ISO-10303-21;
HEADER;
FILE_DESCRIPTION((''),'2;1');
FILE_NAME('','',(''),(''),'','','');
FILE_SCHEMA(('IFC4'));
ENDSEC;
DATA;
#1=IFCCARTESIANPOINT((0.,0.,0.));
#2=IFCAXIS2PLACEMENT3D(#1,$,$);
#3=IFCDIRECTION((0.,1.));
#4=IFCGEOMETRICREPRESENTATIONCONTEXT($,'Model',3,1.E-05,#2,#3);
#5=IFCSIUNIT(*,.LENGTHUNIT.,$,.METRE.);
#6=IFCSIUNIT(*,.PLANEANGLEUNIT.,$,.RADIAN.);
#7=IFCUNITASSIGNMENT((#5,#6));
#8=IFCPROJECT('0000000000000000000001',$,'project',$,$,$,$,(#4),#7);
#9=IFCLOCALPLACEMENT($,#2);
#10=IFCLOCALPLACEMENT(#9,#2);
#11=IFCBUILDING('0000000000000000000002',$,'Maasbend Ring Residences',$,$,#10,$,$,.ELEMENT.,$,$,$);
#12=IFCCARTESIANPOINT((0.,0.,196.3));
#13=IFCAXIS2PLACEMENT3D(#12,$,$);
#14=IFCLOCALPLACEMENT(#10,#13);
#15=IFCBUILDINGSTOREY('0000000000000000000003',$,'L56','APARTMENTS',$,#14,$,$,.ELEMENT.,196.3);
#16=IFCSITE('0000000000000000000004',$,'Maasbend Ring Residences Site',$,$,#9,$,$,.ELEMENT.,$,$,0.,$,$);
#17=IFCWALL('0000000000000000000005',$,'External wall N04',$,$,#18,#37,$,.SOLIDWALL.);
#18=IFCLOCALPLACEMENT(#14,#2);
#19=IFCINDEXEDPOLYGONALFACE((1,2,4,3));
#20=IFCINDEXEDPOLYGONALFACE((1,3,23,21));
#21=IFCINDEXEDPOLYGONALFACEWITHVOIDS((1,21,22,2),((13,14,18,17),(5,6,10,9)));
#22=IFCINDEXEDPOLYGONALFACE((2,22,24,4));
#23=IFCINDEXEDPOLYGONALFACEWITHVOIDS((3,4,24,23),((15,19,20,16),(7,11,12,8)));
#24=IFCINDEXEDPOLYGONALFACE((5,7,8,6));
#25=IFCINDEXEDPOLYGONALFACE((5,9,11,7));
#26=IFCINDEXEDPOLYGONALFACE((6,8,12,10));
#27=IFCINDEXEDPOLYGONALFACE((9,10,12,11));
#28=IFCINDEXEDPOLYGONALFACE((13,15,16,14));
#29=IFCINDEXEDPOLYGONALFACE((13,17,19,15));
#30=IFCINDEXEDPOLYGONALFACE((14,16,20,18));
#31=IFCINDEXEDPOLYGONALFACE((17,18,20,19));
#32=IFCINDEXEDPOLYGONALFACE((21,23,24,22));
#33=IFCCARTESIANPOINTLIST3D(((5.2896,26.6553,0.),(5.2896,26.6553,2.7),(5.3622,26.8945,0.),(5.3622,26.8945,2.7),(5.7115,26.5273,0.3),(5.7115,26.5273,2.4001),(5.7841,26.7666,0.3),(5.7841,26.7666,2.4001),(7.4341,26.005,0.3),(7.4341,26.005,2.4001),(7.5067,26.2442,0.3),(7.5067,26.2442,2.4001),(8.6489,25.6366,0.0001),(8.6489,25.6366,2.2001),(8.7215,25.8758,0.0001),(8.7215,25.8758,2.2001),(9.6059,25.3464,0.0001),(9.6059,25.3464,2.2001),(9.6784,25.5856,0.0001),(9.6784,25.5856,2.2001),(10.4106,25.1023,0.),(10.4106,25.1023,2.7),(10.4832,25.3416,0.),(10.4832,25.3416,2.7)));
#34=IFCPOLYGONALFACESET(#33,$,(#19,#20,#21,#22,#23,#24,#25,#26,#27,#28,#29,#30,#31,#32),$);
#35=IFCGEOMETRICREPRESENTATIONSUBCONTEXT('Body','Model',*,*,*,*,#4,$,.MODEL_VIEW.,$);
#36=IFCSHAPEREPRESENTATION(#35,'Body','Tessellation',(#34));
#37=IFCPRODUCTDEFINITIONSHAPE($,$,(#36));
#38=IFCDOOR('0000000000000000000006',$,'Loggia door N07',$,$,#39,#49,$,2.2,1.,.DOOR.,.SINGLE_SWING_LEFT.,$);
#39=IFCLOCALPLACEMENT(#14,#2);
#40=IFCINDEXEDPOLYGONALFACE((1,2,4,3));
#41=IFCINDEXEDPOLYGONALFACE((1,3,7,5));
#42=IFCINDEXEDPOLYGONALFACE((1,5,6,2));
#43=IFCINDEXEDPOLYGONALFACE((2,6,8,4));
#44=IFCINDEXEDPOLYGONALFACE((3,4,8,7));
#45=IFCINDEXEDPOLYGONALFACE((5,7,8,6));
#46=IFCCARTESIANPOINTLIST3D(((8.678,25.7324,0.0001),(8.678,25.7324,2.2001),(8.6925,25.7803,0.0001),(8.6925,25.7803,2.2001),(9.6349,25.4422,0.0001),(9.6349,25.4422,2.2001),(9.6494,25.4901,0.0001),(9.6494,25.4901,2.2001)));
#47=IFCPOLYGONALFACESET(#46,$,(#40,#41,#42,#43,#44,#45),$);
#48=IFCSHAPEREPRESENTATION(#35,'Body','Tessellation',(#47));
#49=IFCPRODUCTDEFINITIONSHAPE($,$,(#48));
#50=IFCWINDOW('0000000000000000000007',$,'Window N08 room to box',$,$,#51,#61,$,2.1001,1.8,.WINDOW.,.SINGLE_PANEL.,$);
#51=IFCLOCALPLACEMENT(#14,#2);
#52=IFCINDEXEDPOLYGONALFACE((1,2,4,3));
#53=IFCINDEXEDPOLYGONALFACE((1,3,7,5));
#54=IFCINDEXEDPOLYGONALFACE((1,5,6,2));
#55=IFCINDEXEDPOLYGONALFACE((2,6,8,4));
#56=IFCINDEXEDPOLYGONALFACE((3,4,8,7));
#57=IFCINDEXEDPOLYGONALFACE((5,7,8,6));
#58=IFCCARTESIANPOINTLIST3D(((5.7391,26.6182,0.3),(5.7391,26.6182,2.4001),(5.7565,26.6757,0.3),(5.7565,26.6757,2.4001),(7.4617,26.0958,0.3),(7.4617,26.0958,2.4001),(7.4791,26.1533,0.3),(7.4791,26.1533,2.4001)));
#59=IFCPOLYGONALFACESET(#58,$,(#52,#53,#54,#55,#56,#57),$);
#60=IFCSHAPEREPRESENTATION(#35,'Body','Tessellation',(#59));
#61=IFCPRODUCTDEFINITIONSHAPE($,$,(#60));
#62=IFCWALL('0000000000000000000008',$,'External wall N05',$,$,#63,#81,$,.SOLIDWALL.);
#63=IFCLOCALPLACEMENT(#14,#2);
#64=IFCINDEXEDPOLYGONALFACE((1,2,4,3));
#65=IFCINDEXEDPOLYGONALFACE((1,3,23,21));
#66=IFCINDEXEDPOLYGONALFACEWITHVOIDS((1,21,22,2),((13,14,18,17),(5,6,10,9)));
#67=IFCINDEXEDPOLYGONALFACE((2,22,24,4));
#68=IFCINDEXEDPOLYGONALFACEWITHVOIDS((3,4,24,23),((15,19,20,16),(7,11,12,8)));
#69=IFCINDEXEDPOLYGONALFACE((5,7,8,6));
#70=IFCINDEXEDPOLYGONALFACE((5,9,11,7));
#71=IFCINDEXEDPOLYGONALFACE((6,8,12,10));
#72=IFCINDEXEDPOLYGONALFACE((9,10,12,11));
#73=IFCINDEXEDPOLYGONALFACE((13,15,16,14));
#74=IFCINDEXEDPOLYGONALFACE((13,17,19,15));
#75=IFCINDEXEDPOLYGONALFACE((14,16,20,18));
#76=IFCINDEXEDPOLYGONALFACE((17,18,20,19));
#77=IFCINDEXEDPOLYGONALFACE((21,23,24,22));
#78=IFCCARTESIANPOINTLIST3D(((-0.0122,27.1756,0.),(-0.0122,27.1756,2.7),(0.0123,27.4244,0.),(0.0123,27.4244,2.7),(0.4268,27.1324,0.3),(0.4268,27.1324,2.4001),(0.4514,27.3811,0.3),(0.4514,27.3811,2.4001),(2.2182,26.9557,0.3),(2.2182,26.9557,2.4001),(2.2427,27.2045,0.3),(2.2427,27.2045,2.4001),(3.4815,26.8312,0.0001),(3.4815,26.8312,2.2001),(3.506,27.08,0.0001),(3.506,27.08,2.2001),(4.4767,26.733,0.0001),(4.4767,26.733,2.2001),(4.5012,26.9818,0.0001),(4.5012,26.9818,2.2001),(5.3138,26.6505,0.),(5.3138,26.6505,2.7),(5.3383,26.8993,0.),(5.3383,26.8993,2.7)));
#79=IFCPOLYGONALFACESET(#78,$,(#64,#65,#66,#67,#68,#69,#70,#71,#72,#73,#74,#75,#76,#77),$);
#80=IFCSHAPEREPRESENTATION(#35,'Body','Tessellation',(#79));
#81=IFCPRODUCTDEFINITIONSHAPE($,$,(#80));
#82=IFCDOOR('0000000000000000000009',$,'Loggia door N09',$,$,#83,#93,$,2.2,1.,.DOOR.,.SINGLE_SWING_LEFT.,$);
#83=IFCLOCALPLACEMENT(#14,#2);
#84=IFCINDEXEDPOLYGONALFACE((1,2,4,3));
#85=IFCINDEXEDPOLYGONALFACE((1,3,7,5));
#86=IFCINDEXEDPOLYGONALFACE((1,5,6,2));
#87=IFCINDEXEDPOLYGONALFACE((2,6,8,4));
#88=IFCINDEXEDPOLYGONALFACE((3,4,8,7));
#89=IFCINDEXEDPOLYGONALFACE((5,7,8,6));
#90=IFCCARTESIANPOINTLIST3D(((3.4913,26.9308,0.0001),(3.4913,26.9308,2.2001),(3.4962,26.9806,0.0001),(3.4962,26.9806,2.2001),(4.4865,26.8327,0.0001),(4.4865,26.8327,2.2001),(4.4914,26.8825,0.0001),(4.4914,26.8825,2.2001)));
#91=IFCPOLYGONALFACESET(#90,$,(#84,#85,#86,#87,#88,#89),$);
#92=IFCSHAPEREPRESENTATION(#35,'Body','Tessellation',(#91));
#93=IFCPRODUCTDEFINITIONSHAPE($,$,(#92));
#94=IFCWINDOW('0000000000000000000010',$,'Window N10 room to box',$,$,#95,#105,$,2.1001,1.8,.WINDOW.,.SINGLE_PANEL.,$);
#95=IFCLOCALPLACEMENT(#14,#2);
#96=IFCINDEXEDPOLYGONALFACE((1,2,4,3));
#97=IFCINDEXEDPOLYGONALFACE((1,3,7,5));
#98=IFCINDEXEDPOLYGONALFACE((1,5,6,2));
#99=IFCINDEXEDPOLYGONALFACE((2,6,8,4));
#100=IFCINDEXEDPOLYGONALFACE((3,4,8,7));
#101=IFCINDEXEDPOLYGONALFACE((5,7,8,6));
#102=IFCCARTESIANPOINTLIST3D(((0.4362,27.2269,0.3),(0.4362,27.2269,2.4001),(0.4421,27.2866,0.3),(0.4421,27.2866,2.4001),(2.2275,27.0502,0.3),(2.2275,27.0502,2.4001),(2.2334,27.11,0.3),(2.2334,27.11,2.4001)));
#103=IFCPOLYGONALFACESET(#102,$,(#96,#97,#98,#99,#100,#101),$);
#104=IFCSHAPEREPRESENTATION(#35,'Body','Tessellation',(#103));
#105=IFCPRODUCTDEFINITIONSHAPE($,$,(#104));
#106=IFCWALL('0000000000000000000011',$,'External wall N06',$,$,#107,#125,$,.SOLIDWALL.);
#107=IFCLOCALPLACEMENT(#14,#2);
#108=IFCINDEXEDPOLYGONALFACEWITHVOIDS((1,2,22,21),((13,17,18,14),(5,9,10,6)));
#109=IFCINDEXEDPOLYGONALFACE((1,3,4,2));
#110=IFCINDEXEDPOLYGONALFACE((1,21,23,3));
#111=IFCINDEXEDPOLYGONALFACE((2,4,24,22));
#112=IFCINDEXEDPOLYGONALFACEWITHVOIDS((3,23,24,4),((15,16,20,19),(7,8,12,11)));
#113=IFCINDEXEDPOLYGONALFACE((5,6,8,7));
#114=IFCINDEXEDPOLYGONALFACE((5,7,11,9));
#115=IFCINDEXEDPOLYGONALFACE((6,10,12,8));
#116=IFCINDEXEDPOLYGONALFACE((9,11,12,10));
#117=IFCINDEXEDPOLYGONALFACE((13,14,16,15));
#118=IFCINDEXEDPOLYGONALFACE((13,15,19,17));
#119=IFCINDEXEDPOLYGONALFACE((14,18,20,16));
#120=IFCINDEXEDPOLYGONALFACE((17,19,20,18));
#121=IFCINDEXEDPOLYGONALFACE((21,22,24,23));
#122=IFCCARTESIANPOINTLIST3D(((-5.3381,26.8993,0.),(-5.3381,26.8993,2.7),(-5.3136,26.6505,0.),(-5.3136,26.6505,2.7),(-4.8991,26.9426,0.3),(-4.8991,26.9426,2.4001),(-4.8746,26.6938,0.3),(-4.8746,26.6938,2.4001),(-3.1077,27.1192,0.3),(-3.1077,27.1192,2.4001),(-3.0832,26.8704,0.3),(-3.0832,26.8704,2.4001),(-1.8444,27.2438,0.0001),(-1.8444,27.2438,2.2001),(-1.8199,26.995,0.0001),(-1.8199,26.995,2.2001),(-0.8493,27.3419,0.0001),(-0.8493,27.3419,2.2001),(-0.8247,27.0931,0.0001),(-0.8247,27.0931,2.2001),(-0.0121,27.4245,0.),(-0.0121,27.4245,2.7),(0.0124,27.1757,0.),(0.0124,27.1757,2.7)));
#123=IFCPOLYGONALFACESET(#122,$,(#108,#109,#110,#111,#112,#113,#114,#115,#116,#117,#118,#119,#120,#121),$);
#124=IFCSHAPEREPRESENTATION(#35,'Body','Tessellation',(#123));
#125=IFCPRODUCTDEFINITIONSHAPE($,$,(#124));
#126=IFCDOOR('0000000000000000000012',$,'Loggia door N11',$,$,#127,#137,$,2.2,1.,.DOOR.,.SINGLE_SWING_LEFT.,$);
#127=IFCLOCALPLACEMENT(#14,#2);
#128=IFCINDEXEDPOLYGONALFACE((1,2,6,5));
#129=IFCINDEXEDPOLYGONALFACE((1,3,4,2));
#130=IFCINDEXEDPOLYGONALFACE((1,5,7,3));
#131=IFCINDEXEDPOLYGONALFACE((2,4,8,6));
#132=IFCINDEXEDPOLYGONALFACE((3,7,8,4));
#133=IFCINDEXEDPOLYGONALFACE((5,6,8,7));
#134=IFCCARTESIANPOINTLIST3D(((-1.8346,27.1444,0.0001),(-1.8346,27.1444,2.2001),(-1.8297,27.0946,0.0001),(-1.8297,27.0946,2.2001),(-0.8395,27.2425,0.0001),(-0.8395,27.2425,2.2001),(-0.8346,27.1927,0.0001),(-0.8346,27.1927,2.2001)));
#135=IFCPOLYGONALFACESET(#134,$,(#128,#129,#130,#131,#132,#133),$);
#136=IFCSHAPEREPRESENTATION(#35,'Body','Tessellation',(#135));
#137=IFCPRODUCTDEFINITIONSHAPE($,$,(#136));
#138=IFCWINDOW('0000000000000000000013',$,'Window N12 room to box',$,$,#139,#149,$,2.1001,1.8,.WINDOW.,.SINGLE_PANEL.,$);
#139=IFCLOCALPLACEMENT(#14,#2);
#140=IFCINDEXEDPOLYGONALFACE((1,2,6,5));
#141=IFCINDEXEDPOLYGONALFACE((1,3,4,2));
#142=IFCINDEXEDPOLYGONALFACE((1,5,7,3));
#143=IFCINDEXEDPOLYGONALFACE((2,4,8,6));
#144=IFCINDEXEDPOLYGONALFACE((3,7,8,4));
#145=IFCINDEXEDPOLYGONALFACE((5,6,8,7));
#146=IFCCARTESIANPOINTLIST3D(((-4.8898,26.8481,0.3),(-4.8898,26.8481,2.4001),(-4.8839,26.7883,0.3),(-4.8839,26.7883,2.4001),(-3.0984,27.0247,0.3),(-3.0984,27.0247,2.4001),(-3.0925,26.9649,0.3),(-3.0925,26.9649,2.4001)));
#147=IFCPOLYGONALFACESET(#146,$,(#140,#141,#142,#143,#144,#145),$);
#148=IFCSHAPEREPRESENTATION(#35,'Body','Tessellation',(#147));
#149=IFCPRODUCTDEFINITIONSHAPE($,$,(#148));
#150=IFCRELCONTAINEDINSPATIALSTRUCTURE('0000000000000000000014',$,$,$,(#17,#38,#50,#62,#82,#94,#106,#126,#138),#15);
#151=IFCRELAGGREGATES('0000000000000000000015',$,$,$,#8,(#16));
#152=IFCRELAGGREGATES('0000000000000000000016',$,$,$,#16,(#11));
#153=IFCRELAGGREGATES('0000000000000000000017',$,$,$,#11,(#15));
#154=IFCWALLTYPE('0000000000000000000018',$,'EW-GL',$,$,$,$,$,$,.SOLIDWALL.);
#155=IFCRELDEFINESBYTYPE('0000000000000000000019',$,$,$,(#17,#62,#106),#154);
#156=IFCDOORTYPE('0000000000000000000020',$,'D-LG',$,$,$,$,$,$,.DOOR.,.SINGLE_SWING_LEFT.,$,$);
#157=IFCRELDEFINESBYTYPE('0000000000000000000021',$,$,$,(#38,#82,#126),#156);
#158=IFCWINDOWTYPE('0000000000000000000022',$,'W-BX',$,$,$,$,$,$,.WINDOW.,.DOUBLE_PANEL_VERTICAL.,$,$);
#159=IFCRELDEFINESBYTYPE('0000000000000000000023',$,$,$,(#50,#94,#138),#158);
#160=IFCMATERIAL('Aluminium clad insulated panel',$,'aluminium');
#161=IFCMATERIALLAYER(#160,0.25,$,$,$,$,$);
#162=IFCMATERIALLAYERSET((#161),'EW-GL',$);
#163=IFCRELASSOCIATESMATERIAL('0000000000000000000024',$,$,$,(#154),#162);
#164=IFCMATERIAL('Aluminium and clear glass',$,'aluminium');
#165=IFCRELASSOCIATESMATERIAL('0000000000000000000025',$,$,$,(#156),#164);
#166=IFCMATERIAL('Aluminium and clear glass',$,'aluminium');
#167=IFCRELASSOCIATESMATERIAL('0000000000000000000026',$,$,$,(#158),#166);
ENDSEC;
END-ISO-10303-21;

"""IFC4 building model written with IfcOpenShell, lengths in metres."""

from ifc_helpers import new_model, si_unit, direction, frame, frame_2d, origin, place, context, subcontext, project, spatial, rectangle, extrude, material, layer, layer_set, type_object, element, fill, save


model = new_model("IFC4")

# Units and contexts
model_context = context("Model", 3, precision=1e-05, world=origin(), true_north=direction((0.0, 1.0)))
body_context = subcontext(model_context, "Body", "Model", "MODEL_VIEW")
ifc_project = project(units=[si_unit("LENGTHUNIT", "METRE"), si_unit("PLANEANGLEUNIT", "RADIAN")], contexts=[model_context])

# Site, building, storey
site_placement = place(None, origin())
site = spatial("IfcSite", under=ifc_project, at=site_placement, Name="Maasbend Ring Residences Site", CompositionType="ELEMENT", RefElevation=0.0)
building_placement = place(site_placement, origin())
building = spatial("IfcBuilding", under=site, at=building_placement, Name="Maasbend Ring Residences", CompositionType="ELEMENT")
storey_placement = place(building_placement, frame((0.0, 0.0, 196.3)))
storey = spatial("IfcBuildingStorey", under=building, at=storey_placement, Name="L56", Description="APARTMENTS", CompositionType="ELEMENT", Elevation=196.3)

# Walls, openings, doors, windows
ifc_material_1 = material(Name="Aluminium clad insulated panel", Category="aluminium")
ifc_layer_1 = layer(ifc_material_1, 0.25)
ifc_layer_set_1 = layer_set([ifc_layer_1], Name="EW-GL")
wall_type_1 = type_object("IfcWallType", Name="EW-GL", PredefinedType="SOLIDWALL", material=ifc_layer_set_1)
wall_1_placement = place(storey_placement, frame((10.447, 25.2219, 0.0), z_axis=(0.0, 0.0, 1.0), x_axis=(-0.956966, 0.290201, 0.0)))
wall_1 = element("IfcWall", 1, at=wall_1_placement, inside=storey, type_object=wall_type_1, Name="External wall N04", PredefinedType="SOLIDWALL", context=body_context, shape_type="SweptSolid", body=[
    extrude(rectangle(XDim=5.3513, YDim=0.25, at=frame_2d((2.6758, 0.0))), origin(), (0.0, 0.0, 1.0), 2.7),
])
opening_1_placement = place(wall_1_placement, frame((0.8411, 0.0, 0.0)))
opening_1 = element("IfcOpeningElement", 2, at=opening_1_placement, cuts=wall_1, PredefinedType="OPENING", context=body_context, shape_type="SweptSolid", body=[
    extrude(rectangle(XDim=1.0, YDim=2.2, at=frame_2d((0.5, 1.1001))), frame((0.0, 0.135, 0.0), z_axis=(0.0, -1.0, 0.0), x_axis=(1.0, 0.0, 0.0)), (0.0, 0.0, 1.0), 0.27),
])
opening_2_placement = place(wall_1_placement, frame((3.1106, 0.0, 0.3)))
opening_2 = element("IfcOpeningElement", 3, at=opening_2_placement, cuts=wall_1, PredefinedType="OPENING", context=body_context, shape_type="SweptSolid", body=[
    extrude(rectangle(XDim=1.8, YDim=2.1001, at=frame_2d((0.8999, 1.05))), frame((0.0, 0.135, 0.0), z_axis=(0.0, -1.0, 0.0), x_axis=(1.0, 0.0, 0.0)), (0.0, 0.0, 1.0), 0.27),
])
ifc_material_2 = material(Name="Aluminium and clear glass", Category="aluminium")
door_type_1 = type_object("IfcDoorType", Name="D-LG", OperationType="SINGLE_SWING_LEFT", PredefinedType="DOOR", material=ifc_material_2)
door_1_placement = place(opening_1_placement, origin())
door_1 = element("IfcDoor", 4, at=door_1_placement, inside=storey, type_object=door_type_1, Name="Loggia door N07", OperationType="SINGLE_SWING_LEFT", OverallHeight=2.2, OverallWidth=1.0, PredefinedType="DOOR", context=body_context, shape_type="SweptSolid", body=[
    extrude(rectangle(XDim=1.0, YDim=2.2, at=frame_2d((0.5, 1.1001))), frame((0.0, 0.0249, 0.0), z_axis=(0.0, -1.0, 0.0), x_axis=(1.0, 0.0, 0.0)), (0.0, 0.0, 1.0), 0.05),
])
fill(opening_1, door_1)
ifc_material_3 = material(Name="Aluminium and clear glass", Category="aluminium")
window_type_1 = type_object("IfcWindowType", Name="W-BX", PartitioningType="DOUBLE_PANEL_VERTICAL", PredefinedType="WINDOW", material=ifc_material_3)
window_1_placement = place(opening_2_placement, origin())
window_1 = element("IfcWindow", 5, at=window_1_placement, inside=storey, type_object=window_type_1, Name="Window N08 room to box", OverallHeight=2.1001, OverallWidth=1.8, PartitioningType="SINGLE_PANEL", PredefinedType="WINDOW", context=body_context, shape_type="SweptSolid", body=[
    extrude(rectangle(XDim=1.8, YDim=2.1001, at=frame_2d((0.8999, 1.05))), frame((0.0, 0.03, 0.0), z_axis=(0.0, -1.0, 0.0), x_axis=(1.0, 0.0, 0.0)), (0.0, 0.0, 1.0), 0.0601),
])
fill(opening_2, window_1)
wall_2_placement = place(storey_placement, frame((5.3259, 26.7749, 0.0), z_axis=(0.0, 0.0, 1.0), x_axis=(-0.995174, 0.098126, 0.0)))
wall_2 = element("IfcWall", 6, at=wall_2_placement, inside=storey, type_object=wall_type_1, Name="External wall N05", PredefinedType="SOLIDWALL", context=body_context, shape_type="SweptSolid", body=[
    extrude(rectangle(XDim=5.3518, YDim=0.25, at=frame_2d((2.6758, 0.0))), origin(), (0.0, 0.0, 1.0), 2.7),
])
opening_3_placement = place(wall_2_placement, frame((0.8411, 0.0, 0.0)))
opening_3 = element("IfcOpeningElement", 7, at=opening_3_placement, cuts=wall_2, PredefinedType="OPENING", context=body_context, shape_type="SweptSolid", body=[
    extrude(rectangle(XDim=1.0, YDim=2.2, at=frame_2d((0.5, 1.1001))), frame((0.0, 0.135, 0.0), z_axis=(0.0, -1.0, 0.0), x_axis=(1.0, 0.0, 0.0)), (0.0, 0.0, 1.0), 0.27),
])
opening_4_placement = place(wall_2_placement, frame((3.1106, 0.0, 0.3)))
opening_4 = element("IfcOpeningElement", 8, at=opening_4_placement, cuts=wall_2, PredefinedType="OPENING", context=body_context, shape_type="SweptSolid", body=[
    extrude(rectangle(XDim=1.8, YDim=2.1001, at=frame_2d((0.8999, 1.05))), frame((0.0, 0.135, 0.0), z_axis=(0.0, -1.0, 0.0), x_axis=(1.0, 0.0, 0.0)), (0.0, 0.0, 1.0), 0.27),
])
door_2_placement = place(opening_3_placement, origin())
door_2 = element("IfcDoor", 9, at=door_2_placement, inside=storey, type_object=door_type_1, Name="Loggia door N09", OperationType="SINGLE_SWING_LEFT", OverallHeight=2.2, OverallWidth=1.0, PredefinedType="DOOR", context=body_context, shape_type="SweptSolid", body=[
    extrude(rectangle(XDim=1.0, YDim=2.2, at=frame_2d((0.5, 1.1001))), frame((0.0, 0.0249, 0.0), z_axis=(0.0, -1.0, 0.0), x_axis=(1.0, 0.0, 0.0)), (0.0, 0.0, 1.0), 0.05),
])
fill(opening_3, door_2)
window_2_placement = place(opening_4_placement, origin())
window_2 = element("IfcWindow", 10, at=window_2_placement, inside=storey, type_object=window_type_1, Name="Window N10 room to box", OverallHeight=2.1001, OverallWidth=1.8, PartitioningType="SINGLE_PANEL", PredefinedType="WINDOW", context=body_context, shape_type="SweptSolid", body=[
    extrude(rectangle(XDim=1.8, YDim=2.1001, at=frame_2d((0.8999, 1.05))), frame((0.0, 0.03, 0.0), z_axis=(0.0, -1.0, 0.0), x_axis=(1.0, 0.0, 0.0)), (0.0, 0.0, 1.0), 0.0601),
])
fill(opening_4, window_2)
wall_3_placement = place(storey_placement, frame((0.0, 27.3, 0.0), z_axis=(0.0, 0.0, 1.0), x_axis=(-0.995174, -0.098126, 0.0)))
wall_3 = element("IfcWall", 11, at=wall_3_placement, inside=storey, type_object=wall_type_1, Name="External wall N06", PredefinedType="SOLIDWALL", context=body_context, shape_type="SweptSolid", body=[
    extrude(rectangle(XDim=5.3518, YDim=0.25, at=frame_2d((2.6758, 0.0))), origin(), (0.0, 0.0, 1.0), 2.7),
])
opening_5_placement = place(wall_3_placement, frame((0.8411, 0.0, 0.0)))
opening_5 = element("IfcOpeningElement", 12, at=opening_5_placement, cuts=wall_3, PredefinedType="OPENING", context=body_context, shape_type="SweptSolid", body=[
    extrude(rectangle(XDim=1.0, YDim=2.2, at=frame_2d((0.5, 1.1001))), frame((0.0, 0.135, 0.0), z_axis=(0.0, -1.0, 0.0), x_axis=(1.0, 0.0, 0.0)), (0.0, 0.0, 1.0), 0.27),
])
opening_6_placement = place(wall_3_placement, frame((3.1106, 0.0, 0.3)))
opening_6 = element("IfcOpeningElement", 13, at=opening_6_placement, cuts=wall_3, PredefinedType="OPENING", context=body_context, shape_type="SweptSolid", body=[
    extrude(rectangle(XDim=1.8, YDim=2.1001, at=frame_2d((0.8999, 1.05))), frame((0.0, 0.135, 0.0), z_axis=(0.0, -1.0, 0.0), x_axis=(1.0, 0.0, 0.0)), (0.0, 0.0, 1.0), 0.27),
])
door_3_placement = place(opening_5_placement, origin())
door_3 = element("IfcDoor", 14, at=door_3_placement, inside=storey, type_object=door_type_1, Name="Loggia door N11", OperationType="SINGLE_SWING_LEFT", OverallHeight=2.2, OverallWidth=1.0, PredefinedType="DOOR", context=body_context, shape_type="SweptSolid", body=[
    extrude(rectangle(XDim=1.0, YDim=2.2, at=frame_2d((0.5, 1.1001))), frame((0.0, 0.0249, 0.0), z_axis=(0.0, -1.0, 0.0), x_axis=(1.0, 0.0, 0.0)), (0.0, 0.0, 1.0), 0.05),
])
fill(opening_5, door_3)
window_3_placement = place(opening_6_placement, origin())
window_3 = element("IfcWindow", 15, at=window_3_placement, inside=storey, type_object=window_type_1, Name="Window N12 room to box", OverallHeight=2.1001, OverallWidth=1.8, PartitioningType="SINGLE_PANEL", PredefinedType="WINDOW", context=body_context, shape_type="SweptSolid", body=[
    extrude(rectangle(XDim=1.8, YDim=2.1001, at=frame_2d((0.8999, 1.05))), frame((0.0, 0.03, 0.0), z_axis=(0.0, -1.0, 0.0), x_axis=(1.0, 0.0, 0.0)), (0.0, 0.0, 1.0), 0.0601),
])
fill(opening_6, window_3)

save(model, "model.ifc")
